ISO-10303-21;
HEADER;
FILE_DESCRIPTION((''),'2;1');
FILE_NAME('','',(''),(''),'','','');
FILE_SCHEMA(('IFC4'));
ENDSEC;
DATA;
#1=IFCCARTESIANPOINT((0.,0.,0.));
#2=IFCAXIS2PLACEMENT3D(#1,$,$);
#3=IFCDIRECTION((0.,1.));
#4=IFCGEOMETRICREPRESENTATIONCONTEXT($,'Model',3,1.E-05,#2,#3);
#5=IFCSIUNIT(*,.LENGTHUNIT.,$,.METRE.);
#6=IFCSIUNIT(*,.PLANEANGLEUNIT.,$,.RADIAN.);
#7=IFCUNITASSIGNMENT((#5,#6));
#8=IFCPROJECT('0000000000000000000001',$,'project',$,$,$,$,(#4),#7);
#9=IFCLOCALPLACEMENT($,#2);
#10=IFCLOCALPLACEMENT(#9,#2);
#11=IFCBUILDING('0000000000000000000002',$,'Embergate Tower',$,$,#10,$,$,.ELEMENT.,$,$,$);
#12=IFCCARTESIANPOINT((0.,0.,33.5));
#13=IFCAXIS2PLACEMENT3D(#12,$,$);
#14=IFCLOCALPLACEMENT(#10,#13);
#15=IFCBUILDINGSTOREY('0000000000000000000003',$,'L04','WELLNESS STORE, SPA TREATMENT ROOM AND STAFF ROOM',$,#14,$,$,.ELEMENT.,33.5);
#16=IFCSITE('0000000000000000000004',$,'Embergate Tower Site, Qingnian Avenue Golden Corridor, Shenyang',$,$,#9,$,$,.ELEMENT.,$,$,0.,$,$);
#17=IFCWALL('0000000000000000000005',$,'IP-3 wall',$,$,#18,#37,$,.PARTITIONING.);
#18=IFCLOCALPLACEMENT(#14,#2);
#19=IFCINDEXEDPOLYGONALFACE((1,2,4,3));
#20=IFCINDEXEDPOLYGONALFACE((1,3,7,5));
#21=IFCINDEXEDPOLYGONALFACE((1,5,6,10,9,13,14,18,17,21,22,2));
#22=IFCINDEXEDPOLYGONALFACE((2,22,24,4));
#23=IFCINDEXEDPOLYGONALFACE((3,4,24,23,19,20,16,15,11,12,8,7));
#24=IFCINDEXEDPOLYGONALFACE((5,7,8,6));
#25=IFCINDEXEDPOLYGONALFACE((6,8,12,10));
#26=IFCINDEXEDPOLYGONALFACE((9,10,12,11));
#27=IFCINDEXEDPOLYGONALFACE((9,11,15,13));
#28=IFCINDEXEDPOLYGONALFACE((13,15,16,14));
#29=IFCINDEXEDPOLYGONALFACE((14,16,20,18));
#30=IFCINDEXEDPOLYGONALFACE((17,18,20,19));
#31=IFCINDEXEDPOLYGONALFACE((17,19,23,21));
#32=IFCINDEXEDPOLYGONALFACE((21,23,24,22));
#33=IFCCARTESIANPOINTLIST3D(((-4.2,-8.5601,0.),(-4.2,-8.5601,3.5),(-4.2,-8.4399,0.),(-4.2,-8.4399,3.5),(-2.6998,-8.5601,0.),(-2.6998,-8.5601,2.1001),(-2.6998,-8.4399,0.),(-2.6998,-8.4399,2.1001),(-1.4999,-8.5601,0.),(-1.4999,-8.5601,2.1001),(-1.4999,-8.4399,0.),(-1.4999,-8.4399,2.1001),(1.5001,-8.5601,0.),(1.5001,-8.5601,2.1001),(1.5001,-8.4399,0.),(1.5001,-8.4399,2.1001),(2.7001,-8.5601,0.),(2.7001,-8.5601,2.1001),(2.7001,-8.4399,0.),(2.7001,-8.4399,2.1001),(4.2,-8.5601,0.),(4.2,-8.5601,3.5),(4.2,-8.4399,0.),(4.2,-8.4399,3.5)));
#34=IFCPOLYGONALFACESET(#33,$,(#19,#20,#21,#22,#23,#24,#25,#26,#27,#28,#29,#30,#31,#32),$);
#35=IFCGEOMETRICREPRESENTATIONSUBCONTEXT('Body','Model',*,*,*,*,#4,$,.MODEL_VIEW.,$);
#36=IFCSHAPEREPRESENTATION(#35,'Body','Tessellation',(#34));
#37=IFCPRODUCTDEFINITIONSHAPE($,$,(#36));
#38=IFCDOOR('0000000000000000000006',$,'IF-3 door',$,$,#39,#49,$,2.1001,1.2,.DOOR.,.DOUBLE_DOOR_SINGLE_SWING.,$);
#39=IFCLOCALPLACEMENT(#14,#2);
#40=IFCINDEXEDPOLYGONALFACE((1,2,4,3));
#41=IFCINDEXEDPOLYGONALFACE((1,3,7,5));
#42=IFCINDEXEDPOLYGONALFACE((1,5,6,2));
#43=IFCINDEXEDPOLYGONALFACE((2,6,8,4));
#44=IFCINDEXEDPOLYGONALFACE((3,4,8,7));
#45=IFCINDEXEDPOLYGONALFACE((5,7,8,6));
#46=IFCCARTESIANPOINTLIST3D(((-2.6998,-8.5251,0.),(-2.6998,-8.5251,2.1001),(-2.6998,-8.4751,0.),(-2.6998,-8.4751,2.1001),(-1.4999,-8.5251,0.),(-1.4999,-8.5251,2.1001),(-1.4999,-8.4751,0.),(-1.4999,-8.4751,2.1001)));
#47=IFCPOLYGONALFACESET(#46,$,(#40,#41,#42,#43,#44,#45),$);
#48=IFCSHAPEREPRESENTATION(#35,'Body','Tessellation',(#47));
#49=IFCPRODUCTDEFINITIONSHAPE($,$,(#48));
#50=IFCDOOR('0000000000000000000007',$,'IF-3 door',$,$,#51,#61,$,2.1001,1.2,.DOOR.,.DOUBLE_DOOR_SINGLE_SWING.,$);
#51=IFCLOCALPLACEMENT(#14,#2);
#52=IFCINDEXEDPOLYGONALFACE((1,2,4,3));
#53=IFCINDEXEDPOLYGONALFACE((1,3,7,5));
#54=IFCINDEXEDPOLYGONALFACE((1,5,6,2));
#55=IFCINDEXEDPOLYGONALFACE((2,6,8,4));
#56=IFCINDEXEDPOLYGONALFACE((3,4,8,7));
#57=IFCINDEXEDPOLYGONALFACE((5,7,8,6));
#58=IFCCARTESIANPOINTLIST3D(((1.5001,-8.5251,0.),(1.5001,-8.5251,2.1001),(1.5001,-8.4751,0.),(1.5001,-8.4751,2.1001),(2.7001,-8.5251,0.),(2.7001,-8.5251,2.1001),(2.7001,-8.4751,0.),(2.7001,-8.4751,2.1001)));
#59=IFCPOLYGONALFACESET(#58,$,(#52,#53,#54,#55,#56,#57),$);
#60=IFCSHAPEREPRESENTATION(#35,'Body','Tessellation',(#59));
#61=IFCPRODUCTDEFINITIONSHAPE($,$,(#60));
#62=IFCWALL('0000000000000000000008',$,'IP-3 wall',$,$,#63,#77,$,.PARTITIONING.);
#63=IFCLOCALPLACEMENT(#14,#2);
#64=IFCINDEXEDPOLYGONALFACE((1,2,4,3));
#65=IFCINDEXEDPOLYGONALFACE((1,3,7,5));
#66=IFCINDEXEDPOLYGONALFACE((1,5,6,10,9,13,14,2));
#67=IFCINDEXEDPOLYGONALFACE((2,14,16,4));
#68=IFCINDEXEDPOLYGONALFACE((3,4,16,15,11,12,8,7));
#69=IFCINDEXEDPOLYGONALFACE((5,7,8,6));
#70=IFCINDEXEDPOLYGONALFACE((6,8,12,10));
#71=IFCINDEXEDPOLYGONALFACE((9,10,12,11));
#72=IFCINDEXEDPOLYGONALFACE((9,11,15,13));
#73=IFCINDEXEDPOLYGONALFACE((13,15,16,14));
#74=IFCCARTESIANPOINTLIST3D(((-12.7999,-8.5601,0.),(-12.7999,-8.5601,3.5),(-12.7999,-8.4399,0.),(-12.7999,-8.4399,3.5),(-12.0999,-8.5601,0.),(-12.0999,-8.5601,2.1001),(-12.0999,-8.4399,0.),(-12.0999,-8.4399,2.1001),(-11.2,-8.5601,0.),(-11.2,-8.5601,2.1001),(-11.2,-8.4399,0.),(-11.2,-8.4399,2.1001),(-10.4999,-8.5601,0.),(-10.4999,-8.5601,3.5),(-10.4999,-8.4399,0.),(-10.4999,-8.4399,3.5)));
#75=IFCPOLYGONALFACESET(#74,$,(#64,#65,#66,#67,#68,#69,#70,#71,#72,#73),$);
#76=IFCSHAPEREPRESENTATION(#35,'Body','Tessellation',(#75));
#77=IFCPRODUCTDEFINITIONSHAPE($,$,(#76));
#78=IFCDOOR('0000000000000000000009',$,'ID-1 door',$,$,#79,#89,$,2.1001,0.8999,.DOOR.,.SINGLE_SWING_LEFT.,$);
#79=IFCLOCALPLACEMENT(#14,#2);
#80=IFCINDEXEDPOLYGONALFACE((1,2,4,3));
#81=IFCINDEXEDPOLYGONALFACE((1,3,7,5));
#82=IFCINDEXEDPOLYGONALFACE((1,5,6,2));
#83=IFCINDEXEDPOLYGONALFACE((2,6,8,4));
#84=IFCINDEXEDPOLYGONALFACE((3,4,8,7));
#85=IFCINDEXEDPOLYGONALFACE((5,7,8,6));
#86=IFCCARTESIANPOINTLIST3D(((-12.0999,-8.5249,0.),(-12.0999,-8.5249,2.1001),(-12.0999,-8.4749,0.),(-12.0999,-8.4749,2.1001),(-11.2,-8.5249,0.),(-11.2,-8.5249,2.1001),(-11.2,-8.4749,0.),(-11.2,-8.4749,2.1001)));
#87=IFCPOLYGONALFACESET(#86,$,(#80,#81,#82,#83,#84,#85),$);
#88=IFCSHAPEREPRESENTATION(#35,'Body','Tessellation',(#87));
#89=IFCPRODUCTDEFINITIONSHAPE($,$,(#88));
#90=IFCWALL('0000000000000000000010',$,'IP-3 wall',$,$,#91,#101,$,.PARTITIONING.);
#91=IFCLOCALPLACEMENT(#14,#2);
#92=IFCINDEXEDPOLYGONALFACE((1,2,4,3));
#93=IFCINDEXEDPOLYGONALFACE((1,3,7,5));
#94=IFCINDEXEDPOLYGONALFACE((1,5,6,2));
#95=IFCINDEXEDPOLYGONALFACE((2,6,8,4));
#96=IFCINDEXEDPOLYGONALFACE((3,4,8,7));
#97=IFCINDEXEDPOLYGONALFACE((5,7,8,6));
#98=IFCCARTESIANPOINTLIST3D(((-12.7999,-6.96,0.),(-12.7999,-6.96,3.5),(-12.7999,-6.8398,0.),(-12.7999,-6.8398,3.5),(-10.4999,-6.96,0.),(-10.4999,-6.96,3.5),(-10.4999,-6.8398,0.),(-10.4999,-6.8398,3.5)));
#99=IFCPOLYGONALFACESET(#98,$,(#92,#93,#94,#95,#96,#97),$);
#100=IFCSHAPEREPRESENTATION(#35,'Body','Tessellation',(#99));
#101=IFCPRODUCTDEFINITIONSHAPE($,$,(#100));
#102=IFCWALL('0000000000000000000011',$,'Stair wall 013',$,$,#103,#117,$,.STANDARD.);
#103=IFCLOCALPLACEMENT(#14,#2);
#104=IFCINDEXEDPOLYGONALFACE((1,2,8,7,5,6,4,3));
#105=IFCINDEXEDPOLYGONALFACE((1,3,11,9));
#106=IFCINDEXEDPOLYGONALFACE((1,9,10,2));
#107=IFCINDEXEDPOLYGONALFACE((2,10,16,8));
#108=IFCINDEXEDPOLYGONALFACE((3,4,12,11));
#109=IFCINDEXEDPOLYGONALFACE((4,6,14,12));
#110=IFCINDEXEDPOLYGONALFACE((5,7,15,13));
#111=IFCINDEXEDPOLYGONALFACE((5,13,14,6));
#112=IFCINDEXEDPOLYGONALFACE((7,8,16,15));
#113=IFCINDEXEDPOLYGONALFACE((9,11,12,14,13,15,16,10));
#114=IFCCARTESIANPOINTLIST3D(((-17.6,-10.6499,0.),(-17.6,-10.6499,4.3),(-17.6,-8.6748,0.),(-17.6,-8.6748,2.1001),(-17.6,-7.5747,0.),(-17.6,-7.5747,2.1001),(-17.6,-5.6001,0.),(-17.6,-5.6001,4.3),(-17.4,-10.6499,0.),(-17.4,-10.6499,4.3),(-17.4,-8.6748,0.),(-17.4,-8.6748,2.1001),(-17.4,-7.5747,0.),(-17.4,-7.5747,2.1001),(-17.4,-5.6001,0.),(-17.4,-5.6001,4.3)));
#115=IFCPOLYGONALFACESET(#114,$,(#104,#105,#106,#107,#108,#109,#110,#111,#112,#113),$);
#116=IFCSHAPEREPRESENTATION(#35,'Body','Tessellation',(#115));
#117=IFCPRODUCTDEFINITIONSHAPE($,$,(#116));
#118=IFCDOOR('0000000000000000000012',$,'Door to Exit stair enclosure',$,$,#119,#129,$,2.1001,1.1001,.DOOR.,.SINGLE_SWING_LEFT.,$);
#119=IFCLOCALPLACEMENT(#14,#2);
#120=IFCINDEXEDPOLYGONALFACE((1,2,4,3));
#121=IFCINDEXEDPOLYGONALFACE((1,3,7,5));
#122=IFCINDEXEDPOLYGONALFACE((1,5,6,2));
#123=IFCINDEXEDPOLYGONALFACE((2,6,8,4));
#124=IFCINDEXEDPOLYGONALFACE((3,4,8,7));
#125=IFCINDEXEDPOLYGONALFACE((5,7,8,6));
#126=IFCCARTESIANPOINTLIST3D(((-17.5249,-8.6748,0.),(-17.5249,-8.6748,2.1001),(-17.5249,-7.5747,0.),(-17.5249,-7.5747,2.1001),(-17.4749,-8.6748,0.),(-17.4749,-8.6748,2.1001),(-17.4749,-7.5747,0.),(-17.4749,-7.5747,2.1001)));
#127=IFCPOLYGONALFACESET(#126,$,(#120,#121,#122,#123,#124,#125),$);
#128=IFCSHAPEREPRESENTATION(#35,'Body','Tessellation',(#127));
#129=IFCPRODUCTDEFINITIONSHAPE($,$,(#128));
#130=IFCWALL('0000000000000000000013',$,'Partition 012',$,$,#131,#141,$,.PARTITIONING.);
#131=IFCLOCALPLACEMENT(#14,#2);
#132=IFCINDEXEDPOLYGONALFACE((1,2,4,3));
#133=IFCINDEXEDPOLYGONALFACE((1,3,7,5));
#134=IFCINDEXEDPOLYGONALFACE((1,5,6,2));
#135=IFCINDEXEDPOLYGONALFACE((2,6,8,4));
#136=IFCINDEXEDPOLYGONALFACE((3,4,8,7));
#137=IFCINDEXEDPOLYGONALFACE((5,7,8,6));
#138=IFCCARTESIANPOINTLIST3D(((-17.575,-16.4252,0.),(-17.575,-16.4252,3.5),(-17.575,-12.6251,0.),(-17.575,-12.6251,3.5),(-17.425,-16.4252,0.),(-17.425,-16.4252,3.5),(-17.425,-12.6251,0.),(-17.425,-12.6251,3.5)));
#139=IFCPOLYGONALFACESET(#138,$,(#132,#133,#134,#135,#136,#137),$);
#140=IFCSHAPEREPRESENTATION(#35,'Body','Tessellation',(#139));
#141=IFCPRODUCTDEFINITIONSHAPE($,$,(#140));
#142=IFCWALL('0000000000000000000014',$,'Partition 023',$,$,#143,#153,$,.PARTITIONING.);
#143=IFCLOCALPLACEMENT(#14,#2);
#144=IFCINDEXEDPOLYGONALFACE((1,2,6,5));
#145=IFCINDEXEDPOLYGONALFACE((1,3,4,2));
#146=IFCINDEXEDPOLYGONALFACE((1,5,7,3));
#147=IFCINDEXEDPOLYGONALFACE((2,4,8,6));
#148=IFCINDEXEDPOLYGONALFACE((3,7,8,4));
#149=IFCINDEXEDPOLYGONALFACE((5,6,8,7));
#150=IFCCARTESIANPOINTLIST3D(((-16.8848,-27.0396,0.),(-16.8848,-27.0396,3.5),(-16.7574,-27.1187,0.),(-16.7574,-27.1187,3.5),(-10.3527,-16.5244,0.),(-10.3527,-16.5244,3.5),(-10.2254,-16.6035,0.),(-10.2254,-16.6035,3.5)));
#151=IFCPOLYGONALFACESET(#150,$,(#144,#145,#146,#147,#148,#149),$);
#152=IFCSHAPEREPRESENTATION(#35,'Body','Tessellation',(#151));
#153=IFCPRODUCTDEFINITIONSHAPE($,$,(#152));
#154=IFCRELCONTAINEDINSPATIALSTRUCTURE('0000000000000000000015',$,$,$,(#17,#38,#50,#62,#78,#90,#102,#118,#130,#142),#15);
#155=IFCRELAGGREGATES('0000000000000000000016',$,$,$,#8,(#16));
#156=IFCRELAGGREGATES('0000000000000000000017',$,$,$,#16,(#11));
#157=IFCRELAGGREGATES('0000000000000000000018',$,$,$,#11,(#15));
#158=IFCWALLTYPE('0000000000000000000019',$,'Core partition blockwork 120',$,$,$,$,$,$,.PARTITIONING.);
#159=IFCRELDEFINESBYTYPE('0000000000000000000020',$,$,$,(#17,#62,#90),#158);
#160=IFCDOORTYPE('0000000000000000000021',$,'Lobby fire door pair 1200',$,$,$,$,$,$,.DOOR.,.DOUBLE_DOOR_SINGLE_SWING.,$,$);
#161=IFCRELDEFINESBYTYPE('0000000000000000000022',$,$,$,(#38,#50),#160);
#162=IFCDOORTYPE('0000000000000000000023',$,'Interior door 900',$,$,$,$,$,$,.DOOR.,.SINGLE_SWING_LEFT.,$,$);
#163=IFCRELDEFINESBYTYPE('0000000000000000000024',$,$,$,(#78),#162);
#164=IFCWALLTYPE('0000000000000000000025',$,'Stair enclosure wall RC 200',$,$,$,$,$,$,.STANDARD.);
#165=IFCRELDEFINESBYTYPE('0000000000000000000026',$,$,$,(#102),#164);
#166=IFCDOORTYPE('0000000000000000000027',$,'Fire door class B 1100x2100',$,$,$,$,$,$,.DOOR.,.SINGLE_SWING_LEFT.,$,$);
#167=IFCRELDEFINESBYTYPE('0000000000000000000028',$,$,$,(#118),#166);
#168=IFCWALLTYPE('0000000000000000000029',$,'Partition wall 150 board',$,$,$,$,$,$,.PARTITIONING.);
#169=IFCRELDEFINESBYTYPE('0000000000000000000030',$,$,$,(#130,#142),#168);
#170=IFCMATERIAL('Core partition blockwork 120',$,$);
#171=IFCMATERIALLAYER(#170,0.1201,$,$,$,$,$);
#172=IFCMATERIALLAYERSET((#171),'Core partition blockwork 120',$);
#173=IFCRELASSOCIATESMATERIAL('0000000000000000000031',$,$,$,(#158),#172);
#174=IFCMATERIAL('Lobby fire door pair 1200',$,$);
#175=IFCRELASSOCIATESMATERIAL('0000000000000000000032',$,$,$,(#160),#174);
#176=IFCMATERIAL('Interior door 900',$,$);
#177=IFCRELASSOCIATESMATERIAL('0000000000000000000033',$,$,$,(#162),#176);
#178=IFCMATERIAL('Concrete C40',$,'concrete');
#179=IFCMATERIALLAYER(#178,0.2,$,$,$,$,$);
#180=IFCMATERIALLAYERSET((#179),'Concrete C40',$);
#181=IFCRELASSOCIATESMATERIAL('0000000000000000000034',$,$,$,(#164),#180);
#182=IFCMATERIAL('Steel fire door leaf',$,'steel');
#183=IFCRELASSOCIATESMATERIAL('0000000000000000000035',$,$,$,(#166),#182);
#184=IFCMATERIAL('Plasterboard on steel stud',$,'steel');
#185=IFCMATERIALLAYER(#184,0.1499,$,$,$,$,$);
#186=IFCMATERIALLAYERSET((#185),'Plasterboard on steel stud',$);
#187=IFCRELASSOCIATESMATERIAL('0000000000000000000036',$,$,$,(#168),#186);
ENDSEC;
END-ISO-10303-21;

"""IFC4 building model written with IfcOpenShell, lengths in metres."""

from ifc_helpers import new_model, si_unit, direction, frame, frame_2d, origin, place, context, subcontext, project, spatial, rectangle, extrude, source, transform, mapped, material, layer, layer_set, type_object, element, fill, save


model = new_model("IFC4")

# Units and contexts
model_context = context("Model", 3, precision=1e-05, world=origin(), true_north=direction((0.0, 1.0)))
body_context = subcontext(model_context, "Body", "Model", "MODEL_VIEW")
ifc_project = project(units=[si_unit("LENGTHUNIT", "METRE"), si_unit("PLANEANGLEUNIT", "RADIAN")], contexts=[model_context])

# Site, building, storey
site_placement = place(None, origin())
site = spatial("IfcSite", under=ifc_project, at=site_placement, Name="Embergate Tower Site, Qingnian Avenue Golden Corridor, Shenyang", CompositionType="ELEMENT", RefElevation=0.0)
building_placement = place(site_placement, origin())
building = spatial("IfcBuilding", under=site, at=building_placement, Name="Embergate Tower", CompositionType="ELEMENT")
storey_placement = place(building_placement, frame((0.0, 0.0, 33.5)))
storey = spatial("IfcBuildingStorey", under=building, at=storey_placement, Name="L04", Description="WELLNESS STORE, SPA TREATMENT ROOM AND STAFF ROOM", CompositionType="ELEMENT", Elevation=33.5)

# Shared definitions
ifc_material_1 = material(Name="Concrete C40", Category="concrete")

# Shared definitions
shared_shape_1 = source(origin(), body_context, "Body", "SweptSolid", [
    extrude(rectangle(XDim=1.2, YDim=2.1001, at=frame_2d((0.6001, 1.05))), frame((0.0, 0.0249, 0.0), z_axis=(0.0, -1.0, 0.0), x_axis=(1.0, 0.0, 0.0)), (0.0, 0.0, 1.0), 0.05),
])

# Wall, openings, doors
ifc_material_2 = material(Name="Core partition blockwork 120")
ifc_layer_1 = layer(ifc_material_2, 0.1201)
ifc_layer_set_1 = layer_set([ifc_layer_1], Name="Core partition blockwork 120")
wall_type_1 = type_object("IfcWallType", Name="Core partition blockwork 120", PredefinedType="PARTITIONING", material=ifc_layer_set_1)
shared_shape_2 = source(origin(), body_context, "Body", "SweptSolid", [
    extrude(rectangle(XDim=8.3999, YDim=0.1201, at=frame_2d((4.2, 0.0))), origin(), (0.0, 0.0, 1.0), 3.5),
])
wall_1_placement = place(storey_placement, frame((-4.2, -8.5, 0.0), z_axis=(0.0, 0.0, 1.0), x_axis=(1.0, 0.0, 0.0)))
wall_1 = element("IfcWall", 1, at=wall_1_placement, inside=storey, type_object=wall_type_1, Name="IP-3 wall", PredefinedType="PARTITIONING", context=body_context, shape_type="MappedRepresentation", body=[
    mapped(shared_shape_2, transform((0.0, 0.0, 0.0))),
])
shared_shape_3 = source(origin(), body_context, "Body", "SweptSolid", [
    extrude(rectangle(XDim=1.2, YDim=2.1001, at=frame_2d((0.6001, 1.05))), frame((0.0, 0.0701, 0.0), z_axis=(0.0, -1.0, 0.0), x_axis=(1.0, 0.0, 0.0)), (0.0, 0.0, 1.0), 0.1401),
])
opening_1_placement = place(wall_1_placement, frame((1.5, 0.0, 0.0)))
opening_1 = element("IfcOpeningElement", 2, at=opening_1_placement, cuts=wall_1, PredefinedType="OPENING", context=body_context, shape_type="MappedRepresentation", body=[
    mapped(shared_shape_3, transform((0.0, 0.0, 0.0))),
])
opening_2_placement = place(wall_1_placement, frame((5.7, 0.0, 0.0)))
opening_2 = element("IfcOpeningElement", 3, at=opening_2_placement, cuts=wall_1, PredefinedType="OPENING", context=body_context, shape_type="MappedRepresentation", body=[
    mapped(shared_shape_3, transform((0.0, 0.0, 0.0))),
])
ifc_material_3 = material(Name="Lobby fire door pair 1200")
door_type_1 = type_object("IfcDoorType", Name="Lobby fire door pair 1200", OperationType="DOUBLE_DOOR_SINGLE_SWING", PredefinedType="DOOR", material=ifc_material_3)
door_1_placement = place(opening_1_placement, origin())
door_1 = element("IfcDoor", 4, at=door_1_placement, inside=storey, type_object=door_type_1, Name="IF-3 door", OperationType="DOUBLE_DOOR_SINGLE_SWING", OverallHeight=2.1001, OverallWidth=1.2, PredefinedType="DOOR", context=body_context, shape_type="MappedRepresentation", body=[
    mapped(shared_shape_1, transform((0.0, 0.0, 0.0))),
])
fill(opening_1, door_1)
door_2_placement = place(opening_2_placement, origin())
door_2 = element("IfcDoor", 5, at=door_2_placement, inside=storey, type_object=door_type_1, Name="IF-3 door", OperationType="DOUBLE_DOOR_SINGLE_SWING", OverallHeight=2.1001, OverallWidth=1.2, PredefinedType="DOOR", context=body_context, shape_type="MappedRepresentation", body=[
    mapped(shared_shape_1, transform((0.0, 0.0, 0.0))),
])
fill(opening_2, door_2)

# Wall, opening, door
shared_shape_4 = source(origin(), body_context, "Body", "SweptSolid", [
    extrude(rectangle(XDim=2.3, YDim=0.1201, at=frame_2d((1.1499, 0.0))), origin(), (0.0, 0.0, 1.0), 3.5),
])
wall_2_placement = place(storey_placement, frame((-10.5, -8.5, 0.0), z_axis=(0.0, 0.0, 1.0), x_axis=(-1.0, 0.0, 0.0)))
wall_2 = element("IfcWall", 6, at=wall_2_placement, inside=storey, type_object=wall_type_1, Name="IP-3 wall", PredefinedType="PARTITIONING", context=body_context, shape_type="MappedRepresentation", body=[
    mapped(shared_shape_4, transform((0.0, 0.0, 0.0))),
])
shared_shape_5 = source(origin(), body_context, "Body", "SweptSolid", [
    extrude(rectangle(XDim=0.8999, YDim=2.1001, at=frame_2d((0.45, 1.05))), frame((0.0, 0.0701, 0.0), z_axis=(0.0, -1.0, 0.0), x_axis=(1.0, 0.0, 0.0)), (0.0, 0.0, 1.0), 0.1401),
])
opening_3_placement = place(wall_2_placement, frame((0.7, 0.0, 0.0)))
opening_3 = element("IfcOpeningElement", 7, at=opening_3_placement, cuts=wall_2, PredefinedType="OPENING", context=body_context, shape_type="MappedRepresentation", body=[
    mapped(shared_shape_5, transform((0.0, 0.0, 0.0))),
])
ifc_material_4 = material(Name="Interior door 900")
door_type_2 = type_object("IfcDoorType", Name="Interior door 900", OperationType="SINGLE_SWING_LEFT", PredefinedType="DOOR", material=ifc_material_4)
shared_shape_6 = source(origin(), body_context, "Body", "SweptSolid", [
    extrude(rectangle(XDim=0.8999, YDim=2.1001, at=frame_2d((0.45, 1.05))), frame((0.0, 0.0249, 0.0), z_axis=(0.0, -1.0, 0.0), x_axis=(1.0, 0.0, 0.0)), (0.0, 0.0, 1.0), 0.05),
])
door_3_placement = place(opening_3_placement, origin())
door_3 = element("IfcDoor", 8, at=door_3_placement, inside=storey, type_object=door_type_2, Name="ID-1 door", OperationType="SINGLE_SWING_LEFT", OverallHeight=2.1001, OverallWidth=0.8999, PredefinedType="DOOR", context=body_context, shape_type="MappedRepresentation", body=[
    mapped(shared_shape_6, transform((0.0, 0.0, 0.0))),
])
fill(opening_3, door_3)

# Wall
wall_3_placement = place(storey_placement, frame((-10.5, -6.8999, 0.0), z_axis=(0.0, 0.0, 1.0), x_axis=(-1.0, 0.0, 0.0)))
element("IfcWall", 9, at=wall_3_placement, inside=storey, type_object=wall_type_1, Name="IP-3 wall", PredefinedType="PARTITIONING", context=body_context, shape_type="MappedRepresentation", body=[
    mapped(shared_shape_4, transform((0.0, 0.0, 0.0))),
])

# Wall, opening, door
ifc_layer_2 = layer(ifc_material_1, 0.2)
ifc_layer_set_2 = layer_set([ifc_layer_2], Name="Concrete C40")
wall_type_2 = type_object("IfcWallType", Name="Stair enclosure wall RC 200", PredefinedType="STANDARD", material=ifc_layer_set_2)
shared_shape_7 = source(origin(), body_context, "Body", "SweptSolid", [
    extrude(rectangle(XDim=5.0498, YDim=0.2, at=frame_2d((2.5249, 0.0))), origin(), (0.0, 0.0, 1.0), 4.3),
])
wall_4_placement = place(storey_placement, frame((-17.5, -10.6499, 0.0), z_axis=(0.0, 0.0, 1.0), x_axis=(0.0, 1.0, 0.0)))
wall_4 = element("IfcWall", 10, at=wall_4_placement, inside=storey, type_object=wall_type_2, Name="Stair wall 013", PredefinedType="STANDARD", context=body_context, shape_type="MappedRepresentation", body=[
    mapped(shared_shape_7, transform((0.0, 0.0, 0.0))),
])
shared_shape_8 = source(origin(), body_context, "Body", "SweptSolid", [
    extrude(rectangle(XDim=1.1001, YDim=2.1001, at=frame_2d((0.55, 1.05))), frame((0.0, 0.1099, 0.0), z_axis=(0.0, -1.0, 0.0), x_axis=(1.0, 0.0, 0.0)), (0.0, 0.0, 1.0), 0.22),
])
opening_4_placement = place(wall_4_placement, frame((1.9751, 0.0, 0.0)))
opening_4 = element("IfcOpeningElement", 11, at=opening_4_placement, cuts=wall_4, PredefinedType="OPENING", context=body_context, shape_type="MappedRepresentation", body=[
    mapped(shared_shape_8, transform((0.0, 0.0, 0.0))),
])
ifc_material_5 = material(Name="Steel fire door leaf", Category="steel")
door_type_3 = type_object("IfcDoorType", Name="Fire door class B 1100x2100", OperationType="SINGLE_SWING_LEFT", PredefinedType="DOOR", material=ifc_material_5)
shared_shape_9 = source(origin(), body_context, "Body", "SweptSolid", [
    extrude(rectangle(XDim=1.1001, YDim=2.1001, at=frame_2d((0.55, 1.05))), frame((0.0, 0.0249, 0.0), z_axis=(0.0, -1.0, 0.0), x_axis=(1.0, 0.0, 0.0)), (0.0, 0.0, 1.0), 0.05),
])
door_4_placement = place(opening_4_placement, origin())
door_4 = element("IfcDoor", 12, at=door_4_placement, inside=storey, type_object=door_type_3, Name="Door to Exit stair enclosure", OperationType="SINGLE_SWING_LEFT", OverallHeight=2.1001, OverallWidth=1.1001, PredefinedType="DOOR", context=body_context, shape_type="MappedRepresentation", body=[
    mapped(shared_shape_9, transform((0.0, 0.0, 0.0))),
])
fill(opening_4, door_4)

# Wall
ifc_material_6 = material(Name="Plasterboard on steel stud", Category="steel")
ifc_layer_3 = layer(ifc_material_6, 0.1499)
ifc_layer_set_3 = layer_set([ifc_layer_3], Name="Plasterboard on steel stud")
wall_type_3 = type_object("IfcWallType", Name="Partition wall 150 board", PredefinedType="PARTITIONING", material=ifc_layer_set_3)
shared_shape_10 = source(origin(), body_context, "Body", "SweptSolid", [
    extrude(rectangle(XDim=3.8, YDim=0.1499, at=frame_2d((1.8999, 0.0))), origin(), (0.0, 0.0, 1.0), 3.5),
])
wall_5_placement = place(storey_placement, frame((-17.5, -16.425, 0.0), z_axis=(0.0, 0.0, 1.0), x_axis=(0.0, 1.0, 0.0)))
element("IfcWall", 13, at=wall_5_placement, inside=storey, type_object=wall_type_3, Name="Partition 012", PredefinedType="PARTITIONING", context=body_context, shape_type="MappedRepresentation", body=[
    mapped(shared_shape_10, transform((0.0, 0.0, 0.0))),
])

# Wall
shared_shape_11 = source(origin(), body_context, "Body", "SweptSolid", [
    extrude(rectangle(XDim=12.3789, YDim=0.1499, at=frame_2d((6.1895, 0.0))), origin(), (0.0, 0.0, 1.0), 3.5),
])
wall_6_placement = place(storey_placement, frame((-10.2891, -16.564, 0.0), z_axis=(0.0, 0.0, 1.0), x_axis=(-0.527675, -0.849447, 0.0)))
element("IfcWall", 14, at=wall_6_placement, inside=storey, type_object=wall_type_3, Name="Partition 023", PredefinedType="PARTITIONING", context=body_context, shape_type="MappedRepresentation", body=[
    mapped(shared_shape_11, transform((0.0, 0.0, 0.0))),
])

save(model, "model.ifc")
